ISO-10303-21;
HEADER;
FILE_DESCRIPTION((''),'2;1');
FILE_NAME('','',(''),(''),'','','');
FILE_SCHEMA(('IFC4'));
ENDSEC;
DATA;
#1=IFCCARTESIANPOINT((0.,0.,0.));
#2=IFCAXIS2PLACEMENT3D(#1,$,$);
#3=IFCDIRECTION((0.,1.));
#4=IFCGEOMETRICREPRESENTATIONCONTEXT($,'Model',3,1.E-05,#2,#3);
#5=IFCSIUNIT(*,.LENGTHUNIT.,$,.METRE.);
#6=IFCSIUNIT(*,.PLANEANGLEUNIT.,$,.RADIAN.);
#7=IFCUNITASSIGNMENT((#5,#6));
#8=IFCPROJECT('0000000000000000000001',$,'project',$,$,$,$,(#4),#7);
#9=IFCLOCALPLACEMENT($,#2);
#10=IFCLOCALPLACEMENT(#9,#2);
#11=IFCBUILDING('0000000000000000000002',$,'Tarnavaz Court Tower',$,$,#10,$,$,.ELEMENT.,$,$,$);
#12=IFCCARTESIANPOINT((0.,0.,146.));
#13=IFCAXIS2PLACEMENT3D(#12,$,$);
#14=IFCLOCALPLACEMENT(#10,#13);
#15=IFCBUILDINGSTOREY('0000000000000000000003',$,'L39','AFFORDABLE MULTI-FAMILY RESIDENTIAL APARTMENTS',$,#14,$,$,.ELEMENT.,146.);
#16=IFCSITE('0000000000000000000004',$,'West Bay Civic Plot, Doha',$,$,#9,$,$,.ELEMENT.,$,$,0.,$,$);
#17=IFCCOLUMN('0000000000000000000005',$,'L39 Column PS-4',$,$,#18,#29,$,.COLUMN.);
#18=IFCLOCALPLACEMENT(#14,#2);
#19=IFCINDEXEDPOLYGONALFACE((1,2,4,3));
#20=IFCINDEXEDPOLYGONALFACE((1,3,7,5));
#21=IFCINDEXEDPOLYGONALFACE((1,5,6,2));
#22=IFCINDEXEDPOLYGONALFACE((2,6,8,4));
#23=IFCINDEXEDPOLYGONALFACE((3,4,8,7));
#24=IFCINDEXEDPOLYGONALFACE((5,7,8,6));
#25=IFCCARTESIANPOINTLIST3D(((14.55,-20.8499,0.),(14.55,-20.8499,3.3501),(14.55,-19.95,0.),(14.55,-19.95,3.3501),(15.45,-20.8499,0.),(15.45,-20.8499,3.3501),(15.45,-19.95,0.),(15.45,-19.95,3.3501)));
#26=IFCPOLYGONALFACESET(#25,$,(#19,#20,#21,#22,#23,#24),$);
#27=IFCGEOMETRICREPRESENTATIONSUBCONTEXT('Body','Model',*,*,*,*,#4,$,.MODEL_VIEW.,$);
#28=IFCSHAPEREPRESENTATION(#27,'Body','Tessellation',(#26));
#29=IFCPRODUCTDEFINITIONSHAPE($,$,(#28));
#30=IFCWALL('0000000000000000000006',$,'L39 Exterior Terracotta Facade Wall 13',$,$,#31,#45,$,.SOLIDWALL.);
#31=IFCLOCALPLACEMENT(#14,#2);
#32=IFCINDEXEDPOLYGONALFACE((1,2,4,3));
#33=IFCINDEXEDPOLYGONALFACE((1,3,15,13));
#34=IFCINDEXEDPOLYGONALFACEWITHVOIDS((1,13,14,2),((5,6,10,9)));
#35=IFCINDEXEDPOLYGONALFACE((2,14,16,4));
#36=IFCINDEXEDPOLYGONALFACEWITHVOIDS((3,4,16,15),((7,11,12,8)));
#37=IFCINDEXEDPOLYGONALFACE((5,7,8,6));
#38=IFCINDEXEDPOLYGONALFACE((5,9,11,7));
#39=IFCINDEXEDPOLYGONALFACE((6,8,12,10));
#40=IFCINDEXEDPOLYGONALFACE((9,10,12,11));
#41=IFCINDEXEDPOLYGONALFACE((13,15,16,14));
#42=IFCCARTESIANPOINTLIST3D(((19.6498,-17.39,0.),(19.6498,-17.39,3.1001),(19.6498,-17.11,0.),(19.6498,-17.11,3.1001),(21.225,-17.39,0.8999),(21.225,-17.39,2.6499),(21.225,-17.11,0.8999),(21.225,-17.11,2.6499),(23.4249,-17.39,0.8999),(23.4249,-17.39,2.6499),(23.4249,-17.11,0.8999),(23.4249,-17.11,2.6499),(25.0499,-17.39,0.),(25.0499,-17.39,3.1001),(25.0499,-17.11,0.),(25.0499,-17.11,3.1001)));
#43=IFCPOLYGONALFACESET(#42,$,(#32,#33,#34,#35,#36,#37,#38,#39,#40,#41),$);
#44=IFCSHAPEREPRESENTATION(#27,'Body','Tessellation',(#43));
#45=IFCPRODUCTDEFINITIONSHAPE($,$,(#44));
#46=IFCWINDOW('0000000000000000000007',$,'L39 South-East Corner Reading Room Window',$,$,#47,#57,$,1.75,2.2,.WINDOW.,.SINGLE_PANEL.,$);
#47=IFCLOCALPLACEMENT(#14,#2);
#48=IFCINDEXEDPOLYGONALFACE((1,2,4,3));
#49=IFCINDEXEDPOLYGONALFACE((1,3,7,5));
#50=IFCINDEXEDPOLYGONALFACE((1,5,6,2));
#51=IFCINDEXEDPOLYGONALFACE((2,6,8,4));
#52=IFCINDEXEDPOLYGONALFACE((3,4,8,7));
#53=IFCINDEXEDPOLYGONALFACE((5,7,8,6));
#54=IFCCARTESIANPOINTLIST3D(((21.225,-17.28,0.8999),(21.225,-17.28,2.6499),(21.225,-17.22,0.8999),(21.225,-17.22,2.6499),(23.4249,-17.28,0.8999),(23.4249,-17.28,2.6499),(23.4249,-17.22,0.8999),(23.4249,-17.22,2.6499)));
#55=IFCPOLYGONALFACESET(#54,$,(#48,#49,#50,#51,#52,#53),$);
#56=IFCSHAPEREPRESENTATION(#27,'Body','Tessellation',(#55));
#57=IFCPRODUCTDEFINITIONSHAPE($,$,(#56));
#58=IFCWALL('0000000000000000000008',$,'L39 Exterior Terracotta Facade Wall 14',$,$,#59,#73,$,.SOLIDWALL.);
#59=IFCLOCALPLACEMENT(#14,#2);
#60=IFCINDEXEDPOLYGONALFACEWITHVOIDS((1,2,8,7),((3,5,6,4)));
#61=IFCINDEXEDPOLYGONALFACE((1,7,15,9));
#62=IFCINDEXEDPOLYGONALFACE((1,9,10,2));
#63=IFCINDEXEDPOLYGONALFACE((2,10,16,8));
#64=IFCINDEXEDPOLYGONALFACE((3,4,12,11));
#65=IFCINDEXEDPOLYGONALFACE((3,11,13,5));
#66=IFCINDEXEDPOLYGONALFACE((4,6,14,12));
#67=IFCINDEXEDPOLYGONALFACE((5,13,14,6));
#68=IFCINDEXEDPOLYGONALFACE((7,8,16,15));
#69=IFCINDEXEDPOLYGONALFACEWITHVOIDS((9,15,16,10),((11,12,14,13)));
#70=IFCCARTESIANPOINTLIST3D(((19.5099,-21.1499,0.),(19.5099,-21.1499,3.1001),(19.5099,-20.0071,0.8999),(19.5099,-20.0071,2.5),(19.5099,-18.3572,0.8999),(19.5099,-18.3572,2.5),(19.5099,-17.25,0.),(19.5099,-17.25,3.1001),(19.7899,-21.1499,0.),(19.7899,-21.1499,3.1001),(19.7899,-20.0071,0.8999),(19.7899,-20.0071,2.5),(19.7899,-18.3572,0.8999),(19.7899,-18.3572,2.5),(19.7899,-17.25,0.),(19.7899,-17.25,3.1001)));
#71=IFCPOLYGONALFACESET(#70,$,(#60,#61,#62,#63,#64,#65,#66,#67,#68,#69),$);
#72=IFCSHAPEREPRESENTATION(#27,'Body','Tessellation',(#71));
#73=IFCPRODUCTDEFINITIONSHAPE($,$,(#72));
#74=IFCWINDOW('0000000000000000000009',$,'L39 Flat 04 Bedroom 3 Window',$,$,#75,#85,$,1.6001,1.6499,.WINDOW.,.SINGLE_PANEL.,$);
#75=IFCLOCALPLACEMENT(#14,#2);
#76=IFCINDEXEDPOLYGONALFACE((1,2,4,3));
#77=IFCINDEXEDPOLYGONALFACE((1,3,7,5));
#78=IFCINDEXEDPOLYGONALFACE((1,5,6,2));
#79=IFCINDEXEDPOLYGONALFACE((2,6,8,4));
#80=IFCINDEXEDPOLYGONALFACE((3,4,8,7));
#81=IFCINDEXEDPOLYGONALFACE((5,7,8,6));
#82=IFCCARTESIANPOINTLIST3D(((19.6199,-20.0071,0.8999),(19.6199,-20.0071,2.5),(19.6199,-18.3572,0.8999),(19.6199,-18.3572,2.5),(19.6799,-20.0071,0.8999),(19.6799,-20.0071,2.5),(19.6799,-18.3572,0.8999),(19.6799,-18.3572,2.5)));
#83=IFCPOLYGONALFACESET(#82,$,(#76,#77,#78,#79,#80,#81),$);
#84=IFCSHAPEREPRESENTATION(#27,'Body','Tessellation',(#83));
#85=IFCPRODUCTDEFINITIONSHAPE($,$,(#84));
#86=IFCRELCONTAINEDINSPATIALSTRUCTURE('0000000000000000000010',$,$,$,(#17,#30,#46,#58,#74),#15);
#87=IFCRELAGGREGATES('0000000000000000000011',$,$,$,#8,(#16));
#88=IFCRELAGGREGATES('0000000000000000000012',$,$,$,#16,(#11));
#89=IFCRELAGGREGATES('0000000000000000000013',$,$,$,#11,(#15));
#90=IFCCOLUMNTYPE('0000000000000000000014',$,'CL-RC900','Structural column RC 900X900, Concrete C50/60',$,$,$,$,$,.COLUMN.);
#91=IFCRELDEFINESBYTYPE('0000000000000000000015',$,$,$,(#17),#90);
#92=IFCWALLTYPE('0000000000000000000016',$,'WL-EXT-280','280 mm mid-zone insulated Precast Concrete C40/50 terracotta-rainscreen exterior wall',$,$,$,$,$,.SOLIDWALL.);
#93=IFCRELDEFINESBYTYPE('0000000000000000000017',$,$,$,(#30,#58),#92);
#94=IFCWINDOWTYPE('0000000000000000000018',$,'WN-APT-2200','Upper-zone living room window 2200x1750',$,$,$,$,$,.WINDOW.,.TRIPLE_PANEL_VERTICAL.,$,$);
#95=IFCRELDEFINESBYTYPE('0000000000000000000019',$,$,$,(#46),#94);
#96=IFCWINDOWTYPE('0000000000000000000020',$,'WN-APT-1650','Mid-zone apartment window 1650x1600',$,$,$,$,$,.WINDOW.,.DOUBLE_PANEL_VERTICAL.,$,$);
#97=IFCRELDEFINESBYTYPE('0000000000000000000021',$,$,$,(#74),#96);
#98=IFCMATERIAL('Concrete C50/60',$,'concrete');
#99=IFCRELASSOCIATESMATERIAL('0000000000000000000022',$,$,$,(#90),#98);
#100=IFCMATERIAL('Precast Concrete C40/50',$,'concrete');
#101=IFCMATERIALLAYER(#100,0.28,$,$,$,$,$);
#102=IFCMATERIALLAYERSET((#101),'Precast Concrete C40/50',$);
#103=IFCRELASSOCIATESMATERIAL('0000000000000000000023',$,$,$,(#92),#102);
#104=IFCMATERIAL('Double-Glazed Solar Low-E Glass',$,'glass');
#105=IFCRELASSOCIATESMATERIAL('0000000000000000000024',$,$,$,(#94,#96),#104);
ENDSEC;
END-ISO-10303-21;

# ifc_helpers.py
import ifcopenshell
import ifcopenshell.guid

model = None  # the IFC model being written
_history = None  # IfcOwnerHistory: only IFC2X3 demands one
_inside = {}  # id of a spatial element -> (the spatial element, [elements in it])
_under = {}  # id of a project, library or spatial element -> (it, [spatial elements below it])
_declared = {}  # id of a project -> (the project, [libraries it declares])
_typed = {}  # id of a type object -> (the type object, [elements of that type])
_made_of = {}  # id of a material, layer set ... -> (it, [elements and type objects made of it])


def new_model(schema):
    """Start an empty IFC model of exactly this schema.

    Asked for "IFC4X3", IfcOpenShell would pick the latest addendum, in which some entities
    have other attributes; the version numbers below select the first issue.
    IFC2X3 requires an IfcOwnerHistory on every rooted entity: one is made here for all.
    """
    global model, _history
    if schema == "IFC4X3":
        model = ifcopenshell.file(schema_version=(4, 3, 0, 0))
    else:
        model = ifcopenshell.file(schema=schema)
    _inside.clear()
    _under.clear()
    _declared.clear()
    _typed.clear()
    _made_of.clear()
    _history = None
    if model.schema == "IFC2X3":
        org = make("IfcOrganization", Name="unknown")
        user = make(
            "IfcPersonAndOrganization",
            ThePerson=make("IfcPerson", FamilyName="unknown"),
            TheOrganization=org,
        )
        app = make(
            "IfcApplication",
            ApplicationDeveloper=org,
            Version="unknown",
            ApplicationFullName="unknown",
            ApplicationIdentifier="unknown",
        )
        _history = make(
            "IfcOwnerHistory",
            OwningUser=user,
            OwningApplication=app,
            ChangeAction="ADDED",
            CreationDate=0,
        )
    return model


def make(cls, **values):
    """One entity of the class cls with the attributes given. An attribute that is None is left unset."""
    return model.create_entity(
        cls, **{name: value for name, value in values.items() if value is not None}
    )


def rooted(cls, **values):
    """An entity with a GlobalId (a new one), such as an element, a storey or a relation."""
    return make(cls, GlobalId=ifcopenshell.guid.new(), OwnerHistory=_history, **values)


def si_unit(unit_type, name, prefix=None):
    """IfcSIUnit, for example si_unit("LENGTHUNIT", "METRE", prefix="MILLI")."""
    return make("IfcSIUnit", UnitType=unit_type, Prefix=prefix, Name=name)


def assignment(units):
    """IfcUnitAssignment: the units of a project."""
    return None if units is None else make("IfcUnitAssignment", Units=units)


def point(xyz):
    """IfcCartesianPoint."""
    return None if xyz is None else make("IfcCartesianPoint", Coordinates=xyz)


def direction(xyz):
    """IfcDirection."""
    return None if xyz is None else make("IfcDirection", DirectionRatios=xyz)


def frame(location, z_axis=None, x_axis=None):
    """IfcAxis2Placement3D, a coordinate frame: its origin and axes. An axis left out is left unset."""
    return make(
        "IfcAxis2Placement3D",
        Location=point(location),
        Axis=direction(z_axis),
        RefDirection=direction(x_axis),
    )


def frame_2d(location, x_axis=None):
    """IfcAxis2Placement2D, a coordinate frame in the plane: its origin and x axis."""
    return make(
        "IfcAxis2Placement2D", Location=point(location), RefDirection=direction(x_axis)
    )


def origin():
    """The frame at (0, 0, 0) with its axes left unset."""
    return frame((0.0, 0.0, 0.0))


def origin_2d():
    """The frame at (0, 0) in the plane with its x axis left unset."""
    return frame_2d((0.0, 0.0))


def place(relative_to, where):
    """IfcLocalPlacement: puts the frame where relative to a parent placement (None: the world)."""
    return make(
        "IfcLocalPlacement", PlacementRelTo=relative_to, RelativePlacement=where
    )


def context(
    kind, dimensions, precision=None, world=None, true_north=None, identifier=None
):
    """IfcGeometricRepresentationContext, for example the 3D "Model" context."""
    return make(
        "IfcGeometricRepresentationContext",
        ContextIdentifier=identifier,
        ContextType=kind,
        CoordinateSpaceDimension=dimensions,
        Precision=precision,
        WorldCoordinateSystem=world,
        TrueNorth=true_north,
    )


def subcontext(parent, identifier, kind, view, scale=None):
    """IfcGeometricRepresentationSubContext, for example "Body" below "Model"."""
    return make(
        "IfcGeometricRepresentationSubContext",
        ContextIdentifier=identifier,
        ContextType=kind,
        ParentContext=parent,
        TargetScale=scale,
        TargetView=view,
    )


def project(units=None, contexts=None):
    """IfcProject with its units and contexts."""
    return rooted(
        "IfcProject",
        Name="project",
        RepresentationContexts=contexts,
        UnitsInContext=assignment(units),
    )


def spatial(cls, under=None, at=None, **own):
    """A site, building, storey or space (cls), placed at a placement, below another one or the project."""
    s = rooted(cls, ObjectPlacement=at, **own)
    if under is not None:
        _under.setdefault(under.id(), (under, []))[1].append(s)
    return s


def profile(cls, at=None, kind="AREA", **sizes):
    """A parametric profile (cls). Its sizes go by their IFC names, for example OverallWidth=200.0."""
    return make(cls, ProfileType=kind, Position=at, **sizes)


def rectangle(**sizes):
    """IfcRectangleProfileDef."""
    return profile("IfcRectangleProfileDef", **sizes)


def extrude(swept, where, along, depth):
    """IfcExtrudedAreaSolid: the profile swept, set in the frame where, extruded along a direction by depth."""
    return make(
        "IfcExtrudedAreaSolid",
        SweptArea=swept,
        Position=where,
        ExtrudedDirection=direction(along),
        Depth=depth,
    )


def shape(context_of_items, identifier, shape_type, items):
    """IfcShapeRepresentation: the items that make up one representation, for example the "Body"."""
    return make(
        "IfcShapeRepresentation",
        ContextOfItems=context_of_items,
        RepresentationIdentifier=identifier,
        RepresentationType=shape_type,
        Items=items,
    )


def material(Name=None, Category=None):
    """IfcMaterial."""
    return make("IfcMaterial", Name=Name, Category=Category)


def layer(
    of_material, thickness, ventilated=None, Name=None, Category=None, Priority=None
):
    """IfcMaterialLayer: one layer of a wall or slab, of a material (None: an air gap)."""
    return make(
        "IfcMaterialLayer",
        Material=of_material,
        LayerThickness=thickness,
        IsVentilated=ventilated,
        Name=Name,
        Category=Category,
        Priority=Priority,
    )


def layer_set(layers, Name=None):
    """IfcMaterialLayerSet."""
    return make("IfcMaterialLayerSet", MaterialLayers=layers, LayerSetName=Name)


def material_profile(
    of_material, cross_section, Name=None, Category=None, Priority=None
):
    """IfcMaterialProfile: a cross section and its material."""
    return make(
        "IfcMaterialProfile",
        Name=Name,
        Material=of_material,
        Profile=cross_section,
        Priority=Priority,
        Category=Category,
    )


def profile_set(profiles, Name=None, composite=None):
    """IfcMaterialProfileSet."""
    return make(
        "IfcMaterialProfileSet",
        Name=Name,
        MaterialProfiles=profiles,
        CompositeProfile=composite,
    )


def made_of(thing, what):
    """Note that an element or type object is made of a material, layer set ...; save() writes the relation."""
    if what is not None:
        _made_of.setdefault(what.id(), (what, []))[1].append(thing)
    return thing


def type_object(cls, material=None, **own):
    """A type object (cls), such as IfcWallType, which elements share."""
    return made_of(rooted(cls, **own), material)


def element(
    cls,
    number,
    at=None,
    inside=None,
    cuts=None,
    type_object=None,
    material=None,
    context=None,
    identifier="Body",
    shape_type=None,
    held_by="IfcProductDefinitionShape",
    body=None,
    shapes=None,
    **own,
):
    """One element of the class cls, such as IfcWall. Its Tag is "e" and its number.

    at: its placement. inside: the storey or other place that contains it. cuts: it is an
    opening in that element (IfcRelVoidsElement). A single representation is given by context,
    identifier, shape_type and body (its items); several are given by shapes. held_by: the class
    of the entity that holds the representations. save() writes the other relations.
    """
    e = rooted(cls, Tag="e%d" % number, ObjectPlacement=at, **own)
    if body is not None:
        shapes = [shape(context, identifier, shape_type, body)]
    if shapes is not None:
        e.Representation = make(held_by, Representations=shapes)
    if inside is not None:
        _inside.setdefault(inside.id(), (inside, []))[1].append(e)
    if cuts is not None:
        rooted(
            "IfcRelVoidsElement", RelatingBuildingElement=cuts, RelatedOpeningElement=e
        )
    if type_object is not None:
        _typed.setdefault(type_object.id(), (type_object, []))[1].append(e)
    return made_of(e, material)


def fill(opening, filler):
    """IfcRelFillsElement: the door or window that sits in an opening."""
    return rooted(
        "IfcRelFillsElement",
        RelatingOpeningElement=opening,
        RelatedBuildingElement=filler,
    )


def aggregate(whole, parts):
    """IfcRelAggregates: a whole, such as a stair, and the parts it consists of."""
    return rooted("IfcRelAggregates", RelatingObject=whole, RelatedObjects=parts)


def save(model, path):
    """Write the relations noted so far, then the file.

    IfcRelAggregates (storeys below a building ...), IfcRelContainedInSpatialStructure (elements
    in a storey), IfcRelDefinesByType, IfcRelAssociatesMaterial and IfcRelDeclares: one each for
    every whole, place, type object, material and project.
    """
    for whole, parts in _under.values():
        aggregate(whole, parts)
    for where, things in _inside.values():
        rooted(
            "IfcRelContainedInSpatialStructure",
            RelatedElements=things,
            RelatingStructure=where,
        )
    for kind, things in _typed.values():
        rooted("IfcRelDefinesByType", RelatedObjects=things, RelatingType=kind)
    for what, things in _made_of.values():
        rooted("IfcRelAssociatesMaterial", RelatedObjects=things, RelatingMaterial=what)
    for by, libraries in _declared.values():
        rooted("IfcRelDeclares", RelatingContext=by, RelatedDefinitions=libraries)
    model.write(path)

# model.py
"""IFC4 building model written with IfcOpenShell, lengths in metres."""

from ifc_helpers import new_model, si_unit, direction, frame, frame_2d, origin, origin_2d, place, context, subcontext, project, spatial, rectangle, extrude, material, layer, layer_set, material_profile, profile_set, type_object, element, fill, save


model = new_model("IFC4")

# Units and contexts
model_context = context("Model", 3, precision=1e-05, world=origin(), true_north=direction((0.0, 1.0)))
body_context = subcontext(model_context, "Body", "Model", "MODEL_VIEW")
ifc_project = project(units=[si_unit("LENGTHUNIT", "METRE"), si_unit("PLANEANGLEUNIT", "RADIAN")], contexts=[model_context])

# Site, building, storey
site_placement = place(None, origin())
site = spatial("IfcSite", under=ifc_project, at=site_placement, Name="West Bay Civic Plot, Doha", CompositionType="ELEMENT", RefElevation=0.0)
building_placement = place(site_placement, origin())
building = spatial("IfcBuilding", under=site, at=building_placement, Name="Tarnavaz Court Tower", CompositionType="ELEMENT")
storey_placement = place(building_placement, frame((0.0, 0.0, 146.0)))
storey = spatial("IfcBuildingStorey", under=building, at=storey_placement, Name="L39", Description="AFFORDABLE MULTI-FAMILY RESIDENTIAL APARTMENTS", CompositionType="ELEMENT", Elevation=146.0)

# Column
ifc_material_1 = material(Name="Concrete C50/60", Category="concrete")
ifc_material_profile_1 = material_profile(ifc_material_1, rectangle(XDim=0.8999, YDim=0.8999, at=origin_2d()), Name="RC 900X900")
ifc_profile_set_1 = profile_set([ifc_material_profile_1], Name="Concrete C50/60")
column_type = type_object("IfcColumnType", Name="CL-RC900", Description="Structural column RC 900X900, Concrete C50/60", PredefinedType="COLUMN", material=ifc_profile_set_1)
column_placement = place(storey_placement, frame((15.0, -20.3999, 0.0), z_axis=(0.0, 0.0, 1.0), x_axis=(1.0, 0.0, 0.0)))
element("IfcColumn", 1, at=column_placement, inside=storey, type_object=column_type, Name="L39 Column PS-4", PredefinedType="COLUMN", context=body_context, shape_type="SweptSolid", body=[
    extrude(rectangle(XDim=0.8999, YDim=0.8999, at=origin_2d()), origin(), (0.0, 0.0, 1.0), 3.3501),
])

# Walls, openings, windows
ifc_material_2 = material(Name="Precast Concrete C40/50", Category="concrete")
ifc_layer_1 = layer(ifc_material_2, 0.28)
ifc_layer_set_1 = layer_set([ifc_layer_1], Name="Precast Concrete C40/50")
wall_type_1 = type_object("IfcWallType", Name="WL-EXT-280", Description="280 mm mid-zone insulated Precast Concrete C40/50 terracotta-rainscreen exterior wall", PredefinedType="SOLIDWALL", material=ifc_layer_set_1)
wall_1_placement = place(storey_placement, frame((25.05, -17.25, 0.0), z_axis=(0.0, 0.0, 1.0), x_axis=(-1.0, 0.0, 0.0)))
wall_1 = element("IfcWall", 2, at=wall_1_placement, inside=storey, type_object=wall_type_1, Name="L39 Exterior Terracotta Facade Wall 13", PredefinedType="SOLIDWALL", context=body_context, shape_type="SweptSolid", body=[
    extrude(rectangle(XDim=5.4001, YDim=0.28, at=frame_2d((2.7002, 0.0))), origin(), (0.0, 0.0, 1.0), 3.1001),
])
opening_1_placement = place(wall_1_placement, frame((1.625, 0.0, 0.8999)))
opening_1 = element("IfcOpeningElement", 3, at=opening_1_placement, cuts=wall_1, PredefinedType="OPENING", context=body_context, shape_type="SweptSolid", body=[
    extrude(rectangle(XDim=2.2, YDim=1.75, at=frame_2d((1.1001, 0.875))), frame((0.0, 0.1499, 0.0), z_axis=(0.0, -1.0, 0.0), x_axis=(1.0, 0.0, 0.0)), (0.0, 0.0, 1.0), 0.3),
])
ifc_material_3 = material(Name="Double-Glazed Solar Low-E Glass", Category="glass")
window_type_1 = type_object("IfcWindowType", Name="WN-APT-2200", Description="Upper-zone living room window 2200x1750", PartitioningType="TRIPLE_PANEL_VERTICAL", PredefinedType="WINDOW", material=ifc_material_3)
window_1_placement = place(opening_1_placement, origin())
window_1 = element("IfcWindow", 4, at=window_1_placement, inside=storey, type_object=window_type_1, Name="L39 South-East Corner Reading Room Window", OverallHeight=1.75, OverallWidth=2.2, PartitioningType="SINGLE_PANEL", PredefinedType="WINDOW", context=body_context, shape_type="SweptSolid", body=[
    extrude(rectangle(XDim=2.2, YDim=1.75, at=frame_2d((1.1001, 0.875))), frame((0.0, 0.03, 0.0), z_axis=(0.0, -1.0, 0.0), x_axis=(1.0, 0.0, 0.0)), (0.0, 0.0, 1.0), 0.0601),
])
fill(opening_1, window_1)
wall_2_placement = place(storey_placement, frame((19.6499, -17.25, 0.0), z_axis=(0.0, 0.0, 1.0), x_axis=(0.0, -1.0, 0.0)))
wall_2 = element("IfcWall", 5, at=wall_2_placement, inside=storey, type_object=wall_type_1, Name="L39 Exterior Terracotta Facade Wall 14", PredefinedType="SOLIDWALL", context=body_context, shape_type="SweptSolid", body=[
    extrude(rectangle(XDim=3.8999, YDim=0.28, at=frame_2d((1.95, 0.0))), origin(), (0.0, 0.0, 1.0), 3.1001),
])
opening_2_placement = place(wall_2_placement, frame((1.1072, 0.0, 0.8999)))
opening_2 = element("IfcOpeningElement", 6, at=opening_2_placement, cuts=wall_2, PredefinedType="OPENING", context=body_context, shape_type="SweptSolid", body=[
    extrude(rectangle(XDim=1.6499, YDim=1.6001, at=frame_2d((0.825, 0.8))), frame((0.0, 0.1499, 0.0), z_axis=(0.0, -1.0, 0.0), x_axis=(1.0, 0.0, 0.0)), (0.0, 0.0, 1.0), 0.3),
])
window_type_2 = type_object("IfcWindowType", Name="WN-APT-1650", Description="Mid-zone apartment window 1650x1600", PartitioningType="DOUBLE_PANEL_VERTICAL", PredefinedType="WINDOW", material=ifc_material_3)
window_2_placement = place(opening_2_placement, origin())
window_2 = element("IfcWindow", 7, at=window_2_placement, inside=storey, type_object=window_type_2, Name="L39 Flat 04 Bedroom 3 Window", OverallHeight=1.6001, OverallWidth=1.6499, PartitioningType="SINGLE_PANEL", PredefinedType="WINDOW", context=body_context, shape_type="SweptSolid", body=[
    extrude(rectangle(XDim=1.6499, YDim=1.6001, at=frame_2d((0.825, 0.8))), frame((0.0, 0.03, 0.0), z_axis=(0.0, -1.0, 0.0), x_axis=(1.0, 0.0, 0.0)), (0.0, 0.0, 1.0), 0.0601),
])
fill(opening_2, window_2)

save(model, "model.ifc")
